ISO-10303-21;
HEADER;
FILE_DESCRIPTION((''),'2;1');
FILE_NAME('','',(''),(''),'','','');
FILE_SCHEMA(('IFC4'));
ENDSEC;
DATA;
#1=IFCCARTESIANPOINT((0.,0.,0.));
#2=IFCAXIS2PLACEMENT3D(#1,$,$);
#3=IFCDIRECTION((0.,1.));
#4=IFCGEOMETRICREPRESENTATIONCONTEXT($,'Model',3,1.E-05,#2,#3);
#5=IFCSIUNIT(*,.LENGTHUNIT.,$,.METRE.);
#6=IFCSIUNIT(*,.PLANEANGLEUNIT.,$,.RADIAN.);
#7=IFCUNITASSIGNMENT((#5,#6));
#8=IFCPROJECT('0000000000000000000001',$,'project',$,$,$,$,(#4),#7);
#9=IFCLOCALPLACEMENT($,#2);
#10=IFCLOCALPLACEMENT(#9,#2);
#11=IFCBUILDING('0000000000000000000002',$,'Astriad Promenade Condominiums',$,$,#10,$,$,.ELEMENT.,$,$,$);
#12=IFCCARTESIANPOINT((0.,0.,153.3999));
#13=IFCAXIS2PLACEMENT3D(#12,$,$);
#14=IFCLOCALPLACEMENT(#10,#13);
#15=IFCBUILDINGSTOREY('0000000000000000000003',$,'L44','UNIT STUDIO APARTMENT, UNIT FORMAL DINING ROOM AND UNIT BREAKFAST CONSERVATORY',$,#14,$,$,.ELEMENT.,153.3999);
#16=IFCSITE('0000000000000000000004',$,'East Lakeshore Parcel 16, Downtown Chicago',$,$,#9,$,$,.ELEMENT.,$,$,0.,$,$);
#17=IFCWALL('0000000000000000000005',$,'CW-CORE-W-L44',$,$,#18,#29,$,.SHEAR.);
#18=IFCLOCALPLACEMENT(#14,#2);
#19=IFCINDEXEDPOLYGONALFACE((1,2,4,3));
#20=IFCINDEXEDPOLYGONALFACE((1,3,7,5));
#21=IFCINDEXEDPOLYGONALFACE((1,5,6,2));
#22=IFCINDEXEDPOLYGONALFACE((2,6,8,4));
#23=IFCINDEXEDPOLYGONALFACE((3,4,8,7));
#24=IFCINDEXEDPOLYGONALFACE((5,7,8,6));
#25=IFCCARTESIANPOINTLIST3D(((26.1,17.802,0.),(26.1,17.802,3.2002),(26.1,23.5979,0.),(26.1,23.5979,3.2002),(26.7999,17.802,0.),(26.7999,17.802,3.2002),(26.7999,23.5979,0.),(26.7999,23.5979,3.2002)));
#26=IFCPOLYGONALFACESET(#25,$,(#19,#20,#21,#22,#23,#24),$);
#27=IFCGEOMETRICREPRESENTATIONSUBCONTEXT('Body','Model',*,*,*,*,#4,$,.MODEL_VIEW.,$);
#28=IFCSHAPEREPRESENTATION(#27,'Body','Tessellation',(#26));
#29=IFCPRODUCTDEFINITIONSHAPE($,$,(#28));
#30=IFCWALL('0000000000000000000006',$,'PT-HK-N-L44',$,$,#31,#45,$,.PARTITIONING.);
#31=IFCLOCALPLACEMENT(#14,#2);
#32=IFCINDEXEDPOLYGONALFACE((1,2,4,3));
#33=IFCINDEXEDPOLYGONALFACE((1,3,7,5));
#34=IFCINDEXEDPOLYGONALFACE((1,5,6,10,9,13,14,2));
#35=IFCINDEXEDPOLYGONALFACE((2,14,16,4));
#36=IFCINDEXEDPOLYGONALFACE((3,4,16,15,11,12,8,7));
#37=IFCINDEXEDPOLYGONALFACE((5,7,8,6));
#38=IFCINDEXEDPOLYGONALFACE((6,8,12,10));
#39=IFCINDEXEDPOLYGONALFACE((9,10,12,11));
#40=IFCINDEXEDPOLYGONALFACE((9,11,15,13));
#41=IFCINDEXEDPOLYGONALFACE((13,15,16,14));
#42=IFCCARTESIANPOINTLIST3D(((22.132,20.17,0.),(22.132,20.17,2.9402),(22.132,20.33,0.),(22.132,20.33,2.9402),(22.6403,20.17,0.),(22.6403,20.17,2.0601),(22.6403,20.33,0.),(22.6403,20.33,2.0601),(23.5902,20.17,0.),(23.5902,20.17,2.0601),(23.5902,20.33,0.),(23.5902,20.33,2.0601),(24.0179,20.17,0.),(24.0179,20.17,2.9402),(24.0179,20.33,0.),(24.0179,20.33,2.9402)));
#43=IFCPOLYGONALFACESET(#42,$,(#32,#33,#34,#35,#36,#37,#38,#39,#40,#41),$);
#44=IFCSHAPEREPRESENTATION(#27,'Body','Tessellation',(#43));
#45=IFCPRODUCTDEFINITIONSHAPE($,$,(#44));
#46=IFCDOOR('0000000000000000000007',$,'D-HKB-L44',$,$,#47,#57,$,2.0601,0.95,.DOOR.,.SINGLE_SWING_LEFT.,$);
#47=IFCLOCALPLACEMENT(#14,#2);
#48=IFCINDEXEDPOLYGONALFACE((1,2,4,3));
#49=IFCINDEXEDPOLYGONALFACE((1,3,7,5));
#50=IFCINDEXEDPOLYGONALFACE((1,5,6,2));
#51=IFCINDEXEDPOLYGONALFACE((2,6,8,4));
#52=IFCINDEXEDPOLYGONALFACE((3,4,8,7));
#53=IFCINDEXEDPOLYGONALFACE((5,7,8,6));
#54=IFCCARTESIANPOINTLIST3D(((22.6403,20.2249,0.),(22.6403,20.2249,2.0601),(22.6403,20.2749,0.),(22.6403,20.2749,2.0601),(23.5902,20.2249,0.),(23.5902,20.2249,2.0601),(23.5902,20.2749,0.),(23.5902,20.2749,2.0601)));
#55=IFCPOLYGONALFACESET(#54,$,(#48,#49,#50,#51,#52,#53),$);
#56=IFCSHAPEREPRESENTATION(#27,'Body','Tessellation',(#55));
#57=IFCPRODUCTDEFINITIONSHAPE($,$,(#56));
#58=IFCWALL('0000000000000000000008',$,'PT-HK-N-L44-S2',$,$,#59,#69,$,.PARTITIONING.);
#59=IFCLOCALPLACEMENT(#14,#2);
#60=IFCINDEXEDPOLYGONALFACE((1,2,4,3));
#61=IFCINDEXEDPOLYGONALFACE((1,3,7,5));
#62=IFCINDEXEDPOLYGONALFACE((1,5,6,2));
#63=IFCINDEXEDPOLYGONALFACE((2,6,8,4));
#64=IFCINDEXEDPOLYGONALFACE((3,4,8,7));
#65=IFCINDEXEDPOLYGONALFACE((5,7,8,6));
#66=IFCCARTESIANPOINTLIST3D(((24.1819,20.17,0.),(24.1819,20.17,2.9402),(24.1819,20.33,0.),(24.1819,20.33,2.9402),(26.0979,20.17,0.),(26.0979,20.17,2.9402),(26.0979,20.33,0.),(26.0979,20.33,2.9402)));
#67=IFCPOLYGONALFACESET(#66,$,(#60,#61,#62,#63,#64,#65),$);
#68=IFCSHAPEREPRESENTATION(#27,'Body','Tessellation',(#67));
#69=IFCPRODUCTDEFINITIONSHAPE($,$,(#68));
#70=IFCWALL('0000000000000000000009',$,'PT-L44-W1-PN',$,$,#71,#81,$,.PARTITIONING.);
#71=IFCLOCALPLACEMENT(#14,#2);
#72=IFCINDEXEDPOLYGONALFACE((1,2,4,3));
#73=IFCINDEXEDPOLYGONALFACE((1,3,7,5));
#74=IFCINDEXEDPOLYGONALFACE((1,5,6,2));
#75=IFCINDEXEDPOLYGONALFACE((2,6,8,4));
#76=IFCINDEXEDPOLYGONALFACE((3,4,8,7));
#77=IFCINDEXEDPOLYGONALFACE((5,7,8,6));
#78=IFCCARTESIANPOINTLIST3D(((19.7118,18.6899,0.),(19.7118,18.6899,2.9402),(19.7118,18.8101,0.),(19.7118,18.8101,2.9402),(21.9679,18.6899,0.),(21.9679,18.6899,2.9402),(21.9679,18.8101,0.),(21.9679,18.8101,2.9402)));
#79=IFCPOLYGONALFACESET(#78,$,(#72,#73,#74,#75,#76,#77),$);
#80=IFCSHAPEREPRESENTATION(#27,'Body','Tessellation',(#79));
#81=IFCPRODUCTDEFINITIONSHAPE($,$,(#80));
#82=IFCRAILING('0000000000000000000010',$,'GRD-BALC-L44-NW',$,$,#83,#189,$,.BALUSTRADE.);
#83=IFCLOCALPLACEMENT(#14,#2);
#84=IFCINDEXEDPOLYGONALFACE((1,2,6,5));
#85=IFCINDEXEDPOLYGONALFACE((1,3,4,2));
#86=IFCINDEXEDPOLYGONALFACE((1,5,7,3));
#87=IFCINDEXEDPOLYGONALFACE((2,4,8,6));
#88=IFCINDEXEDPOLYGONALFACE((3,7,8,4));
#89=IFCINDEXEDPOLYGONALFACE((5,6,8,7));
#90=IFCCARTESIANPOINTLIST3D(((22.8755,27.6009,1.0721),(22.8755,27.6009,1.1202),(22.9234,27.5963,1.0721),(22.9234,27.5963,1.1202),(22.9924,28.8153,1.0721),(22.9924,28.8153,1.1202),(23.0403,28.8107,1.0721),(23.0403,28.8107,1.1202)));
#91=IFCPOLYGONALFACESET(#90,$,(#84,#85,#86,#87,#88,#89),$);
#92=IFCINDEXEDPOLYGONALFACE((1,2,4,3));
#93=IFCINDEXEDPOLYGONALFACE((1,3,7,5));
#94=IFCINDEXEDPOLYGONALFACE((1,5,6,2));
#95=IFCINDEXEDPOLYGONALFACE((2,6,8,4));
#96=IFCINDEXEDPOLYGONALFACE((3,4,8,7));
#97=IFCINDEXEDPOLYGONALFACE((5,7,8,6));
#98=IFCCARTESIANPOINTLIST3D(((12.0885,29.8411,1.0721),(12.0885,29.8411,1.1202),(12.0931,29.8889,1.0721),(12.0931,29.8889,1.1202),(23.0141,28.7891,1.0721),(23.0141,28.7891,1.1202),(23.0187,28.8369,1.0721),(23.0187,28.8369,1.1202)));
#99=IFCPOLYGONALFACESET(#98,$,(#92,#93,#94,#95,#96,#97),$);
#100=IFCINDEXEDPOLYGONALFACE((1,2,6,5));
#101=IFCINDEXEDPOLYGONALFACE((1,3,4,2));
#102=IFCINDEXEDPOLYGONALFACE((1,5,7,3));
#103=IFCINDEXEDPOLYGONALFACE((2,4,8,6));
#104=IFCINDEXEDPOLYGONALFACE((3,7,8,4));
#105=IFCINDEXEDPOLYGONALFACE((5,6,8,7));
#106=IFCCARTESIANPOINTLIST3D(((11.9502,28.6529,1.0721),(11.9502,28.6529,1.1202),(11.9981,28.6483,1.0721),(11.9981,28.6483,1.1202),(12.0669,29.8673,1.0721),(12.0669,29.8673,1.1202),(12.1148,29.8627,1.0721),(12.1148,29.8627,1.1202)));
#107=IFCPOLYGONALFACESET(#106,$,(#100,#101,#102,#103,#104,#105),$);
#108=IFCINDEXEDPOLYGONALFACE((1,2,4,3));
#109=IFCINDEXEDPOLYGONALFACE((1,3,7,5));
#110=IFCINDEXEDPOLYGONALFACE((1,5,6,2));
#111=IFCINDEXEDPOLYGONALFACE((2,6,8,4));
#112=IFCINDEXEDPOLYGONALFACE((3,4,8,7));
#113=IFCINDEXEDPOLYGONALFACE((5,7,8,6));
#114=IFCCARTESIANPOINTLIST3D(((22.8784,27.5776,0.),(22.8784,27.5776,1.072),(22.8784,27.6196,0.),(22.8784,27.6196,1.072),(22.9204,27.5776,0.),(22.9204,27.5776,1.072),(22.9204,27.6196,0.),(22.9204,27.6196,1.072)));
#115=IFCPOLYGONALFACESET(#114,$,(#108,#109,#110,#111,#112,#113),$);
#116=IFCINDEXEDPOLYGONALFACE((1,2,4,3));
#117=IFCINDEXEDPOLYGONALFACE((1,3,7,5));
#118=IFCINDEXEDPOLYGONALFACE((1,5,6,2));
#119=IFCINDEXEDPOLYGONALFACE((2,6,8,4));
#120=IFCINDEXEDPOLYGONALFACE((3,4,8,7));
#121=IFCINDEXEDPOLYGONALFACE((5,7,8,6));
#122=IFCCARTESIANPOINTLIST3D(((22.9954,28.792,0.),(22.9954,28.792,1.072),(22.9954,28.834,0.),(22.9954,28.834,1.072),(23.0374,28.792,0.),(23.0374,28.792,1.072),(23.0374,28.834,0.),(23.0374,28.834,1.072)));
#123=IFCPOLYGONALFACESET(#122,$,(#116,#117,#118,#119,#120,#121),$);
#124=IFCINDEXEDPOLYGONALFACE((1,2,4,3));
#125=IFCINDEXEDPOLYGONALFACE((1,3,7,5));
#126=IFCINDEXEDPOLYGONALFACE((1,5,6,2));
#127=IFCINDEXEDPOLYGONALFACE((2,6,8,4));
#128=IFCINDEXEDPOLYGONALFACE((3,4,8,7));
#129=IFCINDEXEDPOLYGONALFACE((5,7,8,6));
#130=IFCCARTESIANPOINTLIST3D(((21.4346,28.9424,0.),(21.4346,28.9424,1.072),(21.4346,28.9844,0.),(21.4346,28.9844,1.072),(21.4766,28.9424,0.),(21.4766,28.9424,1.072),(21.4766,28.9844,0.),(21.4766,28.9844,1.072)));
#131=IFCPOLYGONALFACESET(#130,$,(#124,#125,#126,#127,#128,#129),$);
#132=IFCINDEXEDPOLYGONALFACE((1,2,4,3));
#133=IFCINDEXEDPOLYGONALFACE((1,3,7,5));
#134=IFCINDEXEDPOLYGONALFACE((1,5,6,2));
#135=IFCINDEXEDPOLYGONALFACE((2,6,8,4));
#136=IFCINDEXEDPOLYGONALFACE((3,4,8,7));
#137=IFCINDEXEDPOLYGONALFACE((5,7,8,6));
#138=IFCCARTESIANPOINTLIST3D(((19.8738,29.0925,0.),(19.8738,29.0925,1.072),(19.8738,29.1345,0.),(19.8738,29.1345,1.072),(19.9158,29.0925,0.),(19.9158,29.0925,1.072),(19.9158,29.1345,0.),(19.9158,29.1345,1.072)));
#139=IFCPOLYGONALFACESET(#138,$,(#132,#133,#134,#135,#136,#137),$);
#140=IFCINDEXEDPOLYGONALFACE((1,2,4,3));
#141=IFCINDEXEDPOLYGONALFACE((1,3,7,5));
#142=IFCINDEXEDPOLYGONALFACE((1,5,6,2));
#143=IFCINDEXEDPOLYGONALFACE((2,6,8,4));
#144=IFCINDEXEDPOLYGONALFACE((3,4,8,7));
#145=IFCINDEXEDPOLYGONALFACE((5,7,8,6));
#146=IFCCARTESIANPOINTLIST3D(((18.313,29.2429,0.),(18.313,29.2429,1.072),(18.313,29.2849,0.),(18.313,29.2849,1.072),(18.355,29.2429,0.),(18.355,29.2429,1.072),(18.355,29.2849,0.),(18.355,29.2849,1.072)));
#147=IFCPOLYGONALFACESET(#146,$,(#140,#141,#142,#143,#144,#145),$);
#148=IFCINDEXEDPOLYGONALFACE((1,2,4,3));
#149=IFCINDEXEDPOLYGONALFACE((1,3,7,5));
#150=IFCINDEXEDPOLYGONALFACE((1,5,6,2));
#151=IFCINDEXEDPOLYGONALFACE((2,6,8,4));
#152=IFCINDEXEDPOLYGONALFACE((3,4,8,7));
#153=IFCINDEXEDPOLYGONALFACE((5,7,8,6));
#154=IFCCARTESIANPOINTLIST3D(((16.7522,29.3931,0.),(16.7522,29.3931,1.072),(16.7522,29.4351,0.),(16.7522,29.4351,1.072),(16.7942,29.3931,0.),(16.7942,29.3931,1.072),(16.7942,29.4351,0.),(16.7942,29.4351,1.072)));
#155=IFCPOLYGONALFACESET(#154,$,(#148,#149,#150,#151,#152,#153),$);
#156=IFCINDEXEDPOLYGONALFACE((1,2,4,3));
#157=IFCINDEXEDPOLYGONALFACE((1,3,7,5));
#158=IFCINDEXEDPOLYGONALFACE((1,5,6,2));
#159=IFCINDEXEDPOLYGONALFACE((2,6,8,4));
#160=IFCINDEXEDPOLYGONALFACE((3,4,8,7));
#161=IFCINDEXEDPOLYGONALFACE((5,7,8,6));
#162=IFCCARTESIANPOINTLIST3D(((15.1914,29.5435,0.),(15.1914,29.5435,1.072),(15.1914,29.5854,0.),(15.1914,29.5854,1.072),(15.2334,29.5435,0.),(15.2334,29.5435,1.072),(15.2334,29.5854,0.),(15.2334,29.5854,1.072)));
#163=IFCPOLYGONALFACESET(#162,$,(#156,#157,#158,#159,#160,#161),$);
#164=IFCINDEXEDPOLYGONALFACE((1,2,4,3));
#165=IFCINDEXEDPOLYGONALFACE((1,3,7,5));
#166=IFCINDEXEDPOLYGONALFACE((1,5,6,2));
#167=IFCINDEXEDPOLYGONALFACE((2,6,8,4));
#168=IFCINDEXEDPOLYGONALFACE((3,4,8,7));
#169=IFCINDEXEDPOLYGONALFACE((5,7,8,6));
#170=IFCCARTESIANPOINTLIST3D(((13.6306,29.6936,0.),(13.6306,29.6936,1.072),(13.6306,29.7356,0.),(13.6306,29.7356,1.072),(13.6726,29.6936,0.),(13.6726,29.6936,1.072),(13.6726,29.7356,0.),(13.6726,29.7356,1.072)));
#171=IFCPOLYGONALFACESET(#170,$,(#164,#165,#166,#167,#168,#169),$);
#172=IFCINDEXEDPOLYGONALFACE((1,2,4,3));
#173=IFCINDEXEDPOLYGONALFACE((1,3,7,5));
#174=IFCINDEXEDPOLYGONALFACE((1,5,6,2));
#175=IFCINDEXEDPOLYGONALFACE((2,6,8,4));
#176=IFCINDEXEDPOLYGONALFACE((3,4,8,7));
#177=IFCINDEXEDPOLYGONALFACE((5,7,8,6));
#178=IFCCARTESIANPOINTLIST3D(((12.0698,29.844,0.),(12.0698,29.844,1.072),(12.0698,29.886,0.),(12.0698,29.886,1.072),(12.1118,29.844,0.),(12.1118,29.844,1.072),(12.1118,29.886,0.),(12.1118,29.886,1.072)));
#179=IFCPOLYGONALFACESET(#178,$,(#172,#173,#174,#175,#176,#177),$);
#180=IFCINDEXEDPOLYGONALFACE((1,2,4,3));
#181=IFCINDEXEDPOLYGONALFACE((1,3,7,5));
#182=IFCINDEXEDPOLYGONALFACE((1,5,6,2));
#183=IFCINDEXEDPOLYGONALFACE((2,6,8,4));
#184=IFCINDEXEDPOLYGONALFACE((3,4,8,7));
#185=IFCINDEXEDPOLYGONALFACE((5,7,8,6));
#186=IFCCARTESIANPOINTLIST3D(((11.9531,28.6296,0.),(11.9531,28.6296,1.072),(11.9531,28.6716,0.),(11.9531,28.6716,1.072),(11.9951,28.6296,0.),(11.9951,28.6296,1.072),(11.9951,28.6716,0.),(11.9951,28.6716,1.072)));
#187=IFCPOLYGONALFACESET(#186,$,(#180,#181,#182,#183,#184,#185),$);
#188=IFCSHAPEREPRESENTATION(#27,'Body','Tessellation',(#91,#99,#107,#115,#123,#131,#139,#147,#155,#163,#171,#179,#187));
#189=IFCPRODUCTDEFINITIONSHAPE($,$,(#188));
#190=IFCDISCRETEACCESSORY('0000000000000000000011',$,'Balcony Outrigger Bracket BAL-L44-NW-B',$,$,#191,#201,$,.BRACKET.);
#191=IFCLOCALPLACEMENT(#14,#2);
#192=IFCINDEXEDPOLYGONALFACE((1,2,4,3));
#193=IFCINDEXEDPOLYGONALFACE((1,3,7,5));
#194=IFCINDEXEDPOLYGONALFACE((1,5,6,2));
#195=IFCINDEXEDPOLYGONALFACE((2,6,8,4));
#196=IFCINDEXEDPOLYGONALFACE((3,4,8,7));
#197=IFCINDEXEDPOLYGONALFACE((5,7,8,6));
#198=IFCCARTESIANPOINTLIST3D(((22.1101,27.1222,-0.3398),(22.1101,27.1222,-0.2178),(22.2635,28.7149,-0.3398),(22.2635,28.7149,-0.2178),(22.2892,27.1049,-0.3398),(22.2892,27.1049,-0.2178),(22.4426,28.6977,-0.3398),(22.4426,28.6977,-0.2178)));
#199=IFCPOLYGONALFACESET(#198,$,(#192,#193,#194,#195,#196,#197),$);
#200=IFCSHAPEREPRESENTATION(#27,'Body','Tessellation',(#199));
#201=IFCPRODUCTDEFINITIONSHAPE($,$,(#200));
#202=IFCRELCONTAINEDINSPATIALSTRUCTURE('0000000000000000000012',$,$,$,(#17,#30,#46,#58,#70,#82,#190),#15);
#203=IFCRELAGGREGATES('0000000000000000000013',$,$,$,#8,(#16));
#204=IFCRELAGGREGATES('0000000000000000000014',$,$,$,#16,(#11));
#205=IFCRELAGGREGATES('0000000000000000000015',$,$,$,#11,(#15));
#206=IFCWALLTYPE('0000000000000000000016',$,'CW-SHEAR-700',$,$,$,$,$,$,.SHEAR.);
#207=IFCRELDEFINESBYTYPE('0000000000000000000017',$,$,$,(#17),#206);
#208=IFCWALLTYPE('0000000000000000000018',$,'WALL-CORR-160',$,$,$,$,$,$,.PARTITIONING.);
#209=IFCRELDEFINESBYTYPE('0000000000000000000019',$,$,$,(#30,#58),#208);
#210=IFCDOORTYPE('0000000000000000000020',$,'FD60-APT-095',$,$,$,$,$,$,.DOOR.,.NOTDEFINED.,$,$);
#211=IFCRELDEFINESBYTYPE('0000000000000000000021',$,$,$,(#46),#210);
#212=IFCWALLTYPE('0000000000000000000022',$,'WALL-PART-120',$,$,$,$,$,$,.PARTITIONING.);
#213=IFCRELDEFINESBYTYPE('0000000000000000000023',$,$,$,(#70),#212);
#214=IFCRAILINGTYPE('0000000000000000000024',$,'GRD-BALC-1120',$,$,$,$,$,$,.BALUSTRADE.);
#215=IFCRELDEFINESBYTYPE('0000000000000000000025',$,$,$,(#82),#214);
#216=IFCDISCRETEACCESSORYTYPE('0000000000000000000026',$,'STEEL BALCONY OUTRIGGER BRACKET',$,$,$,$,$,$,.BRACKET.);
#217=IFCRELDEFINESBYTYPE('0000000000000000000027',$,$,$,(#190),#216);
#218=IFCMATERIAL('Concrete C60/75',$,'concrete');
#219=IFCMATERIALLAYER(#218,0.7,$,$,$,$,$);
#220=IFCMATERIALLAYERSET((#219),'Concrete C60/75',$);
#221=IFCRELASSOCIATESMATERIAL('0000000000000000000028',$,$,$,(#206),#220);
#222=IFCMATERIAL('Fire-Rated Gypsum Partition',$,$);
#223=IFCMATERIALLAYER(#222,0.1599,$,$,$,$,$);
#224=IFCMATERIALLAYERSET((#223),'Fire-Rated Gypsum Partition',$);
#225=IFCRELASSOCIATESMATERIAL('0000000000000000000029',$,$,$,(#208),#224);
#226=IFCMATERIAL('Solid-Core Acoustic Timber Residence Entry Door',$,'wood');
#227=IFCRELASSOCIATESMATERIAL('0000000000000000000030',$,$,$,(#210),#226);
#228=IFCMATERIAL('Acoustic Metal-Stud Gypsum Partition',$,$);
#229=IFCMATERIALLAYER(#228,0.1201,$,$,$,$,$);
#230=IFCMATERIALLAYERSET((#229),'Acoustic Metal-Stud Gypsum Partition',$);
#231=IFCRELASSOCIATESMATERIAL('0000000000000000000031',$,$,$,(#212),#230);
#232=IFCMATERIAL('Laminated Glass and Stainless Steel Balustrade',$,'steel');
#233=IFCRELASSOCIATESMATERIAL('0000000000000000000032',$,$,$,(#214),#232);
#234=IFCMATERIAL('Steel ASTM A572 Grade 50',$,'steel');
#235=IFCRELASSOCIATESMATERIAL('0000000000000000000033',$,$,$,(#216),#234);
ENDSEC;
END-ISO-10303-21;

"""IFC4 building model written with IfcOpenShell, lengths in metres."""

from ifc_helpers import new_model, si_unit, direction, frame, frame_2d, origin, origin_2d, place, context, subcontext, project, spatial, rectangle, extrude, source, transform, mapped, material, layer, layer_set, type_object, type_shapes, element, fill, save


model = new_model("IFC4")

# Units and contexts
model_context = context("Model", 3, precision=1e-05, world=origin(), true_north=direction((0.0, 1.0)))
body_context = subcontext(model_context, "Body", "Model", "MODEL_VIEW")
ifc_project = project(units=[si_unit("LENGTHUNIT", "METRE"), si_unit("PLANEANGLEUNIT", "RADIAN")], contexts=[model_context])

# Site, building, storey
site_placement = place(None, origin())
site = spatial("IfcSite", under=ifc_project, at=site_placement, Name="East Lakeshore Parcel 16, Downtown Chicago", CompositionType="ELEMENT", RefElevation=0.0)
building_placement = place(site_placement, origin())
building = spatial("IfcBuilding", under=site, at=building_placement, Name="Astriad Promenade Condominiums", CompositionType="ELEMENT")
storey_placement = place(building_placement, frame((0.0, 0.0, 153.3999)))
storey = spatial("IfcBuildingStorey", under=building, at=storey_placement, Name="L44", Description="UNIT STUDIO APARTMENT, UNIT FORMAL DINING ROOM AND UNIT BREAKFAST CONSERVATORY", CompositionType="ELEMENT", Elevation=153.3999)

# Shared definitions
ifc_material_1 = material(Name="Concrete C60/75", Category="concrete")

# Shared definitions
ifc_layer_1 = layer(ifc_material_1, 0.7)
ifc_layer_set_1 = layer_set([ifc_layer_1], Name="Concrete C60/75")
wall_type_1 = type_object("IfcWallType", Name="CW-SHEAR-700", PredefinedType="SHEAR", material=ifc_layer_set_1)

# Wall
wall_1_placement = place(storey_placement, frame((26.45, 17.802, 0.0), z_axis=(0.0, 0.0, 1.0), x_axis=(0.0, 1.0, 0.0)))
element("IfcWall", 1, at=wall_1_placement, inside=storey, type_object=wall_type_1, Name="CW-CORE-W-L44", PredefinedType="SHEAR", context=body_context, shape_type="SweptSolid", body=[
    extrude(rectangle(XDim=5.7959, YDim=0.7, at=frame_2d((2.8979, 0.0))), origin(), (0.0, 0.0, 1.0), 3.2002),
])

# Wall, opening, door
ifc_material_2 = material(Name="Fire-Rated Gypsum Partition")
ifc_layer_2 = layer(ifc_material_2, 0.1599)
ifc_layer_set_2 = layer_set([ifc_layer_2], Name="Fire-Rated Gypsum Partition")
wall_type_2 = type_object("IfcWallType", Name="WALL-CORR-160", PredefinedType="PARTITIONING", material=ifc_layer_set_2)
wall_2_placement = place(storey_placement, frame((22.1321, 20.25, 0.0), z_axis=(0.0, 0.0, 1.0), x_axis=(1.0, 0.0, 0.0)))
wall_2 = element("IfcWall", 2, at=wall_2_placement, inside=storey, type_object=wall_type_2, Name="PT-HK-N-L44", PredefinedType="PARTITIONING", context=body_context, shape_type="SweptSolid", body=[
    extrude(rectangle(XDim=1.886, YDim=0.1599, at=frame_2d((0.9429, 0.0))), origin(), (0.0, 0.0, 1.0), 2.9402),
])
opening_1_placement = place(wall_2_placement, frame((0.5081, 0.0, 0.0)))
opening_1 = element("IfcOpeningElement", 3, at=opening_1_placement, cuts=wall_2, PredefinedType="OPENING", context=body_context, shape_type="SweptSolid", body=[
    extrude(rectangle(XDim=0.95, YDim=2.0601, at=frame_2d((0.4751, 1.03))), frame((0.0, 0.0898, 0.0), z_axis=(0.0, -1.0, 0.0), x_axis=(1.0, 0.0, 0.0)), (0.0, 0.0, 1.0), 0.1799),
])
ifc_material_3 = material(Name="Solid-Core Acoustic Timber Residence Entry Door", Category="wood")
door_type_1 = type_object("IfcDoorType", Name="FD60-APT-095", OperationType="NOTDEFINED", PredefinedType="DOOR", material=ifc_material_3)
shared_shape_1 = source(origin(), body_context, "Body", "SweptSolid", [
    extrude(rectangle(XDim=0.95, YDim=2.0601, at=frame_2d((0.4751, 1.03))), frame((0.0, 0.0249, 0.0), z_axis=(0.0, -1.0, 0.0), x_axis=(1.0, 0.0, 0.0)), (0.0, 0.0, 1.0), 0.05),
])
type_shapes(door_type_1, [shared_shape_1])
door_1_placement = place(opening_1_placement, origin())
door_1 = element("IfcDoor", 4, at=door_1_placement, inside=storey, type_object=door_type_1, Name="D-HKB-L44", OperationType="SINGLE_SWING_LEFT", OverallHeight=2.0601, OverallWidth=0.95, PredefinedType="DOOR", context=body_context, shape_type="MappedRepresentation", body=[
    mapped(shared_shape_1, transform((0.0, 0.0, 0.0), scale=1.0)),
])
fill(opening_1, door_1)

# Walls
wall_3_placement = place(storey_placement, frame((24.1819, 20.25, 0.0), z_axis=(0.0, 0.0, 1.0), x_axis=(1.0, 0.0, 0.0)))
element("IfcWall", 5, at=wall_3_placement, inside=storey, type_object=wall_type_2, Name="PT-HK-N-L44-S2", PredefinedType="PARTITIONING", context=body_context, shape_type="SweptSolid", body=[
    extrude(rectangle(XDim=1.916, YDim=0.1599, at=frame_2d((0.958, 0.0))), origin(), (0.0, 0.0, 1.0), 2.9402),
])
ifc_material_4 = material(Name="Acoustic Metal-Stud Gypsum Partition")
ifc_layer_3 = layer(ifc_material_4, 0.1201)
ifc_layer_set_3 = layer_set([ifc_layer_3], Name="Acoustic Metal-Stud Gypsum Partition")
wall_type_3 = type_object("IfcWallType", Name="WALL-PART-120", PredefinedType="PARTITIONING", material=ifc_layer_set_3)
wall_4_placement = place(storey_placement, frame((19.7119, 18.75, 0.0), z_axis=(0.0, 0.0, 1.0), x_axis=(1.0, 0.0, 0.0)))
element("IfcWall", 6, at=wall_4_placement, inside=storey, type_object=wall_type_3, Name="PT-L44-W1-PN", PredefinedType="PARTITIONING", context=body_context, shape_type="SweptSolid", body=[
    extrude(rectangle(XDim=2.2561, YDim=0.1201, at=frame_2d((1.1279, 0.0))), origin(), (0.0, 0.0, 1.0), 2.9402),
])

# Railing
ifc_material_5 = material(Name="Laminated Glass and Stainless Steel Balustrade", Category="steel")
railing_type = type_object("IfcRailingType", Name="GRD-BALC-1120", PredefinedType="BALUSTRADE", material=ifc_material_5)
shared_shape_2 = source(origin(), body_context, "Body", "SweptSolid", [
    extrude(rectangle(XDim=0.0481, YDim=0.0481, at=origin_2d()), frame((0.0, 0.0, 1.0962), z_axis=(0.095857, 0.995395, 0.0), x_axis=(-0.995395, 0.095857, 0.0)), (0.0, 0.0, 1.0), 1.22),
    extrude(rectangle(XDim=0.0481, YDim=0.0481, at=origin_2d()), frame((0.1169, 1.2144, 1.0962), z_axis=(-0.995396, 0.095845, 0.0), x_axis=(-0.095845, -0.995396, 0.0)), (0.0, 0.0, 1.0), 10.9761),
    extrude(rectangle(XDim=0.0481, YDim=0.0481, at=origin_2d()), frame((-10.8086, 2.2664, 1.0962), z_axis=(-0.095659, -0.995414, 0.0), x_axis=(0.995414, -0.095659, 0.0)), (0.0, 0.0, 1.0), 1.22),
    extrude(rectangle(XDim=0.042, YDim=0.042, at=origin_2d()), origin(), (0.0, 0.0, 1.0), 1.072),
    extrude(rectangle(XDim=0.042, YDim=0.042, at=origin_2d()), frame((0.1169, 1.2144, 0.0)), (0.0, 0.0, 1.0), 1.072),
    extrude(rectangle(XDim=0.042, YDim=0.042, at=origin_2d()), frame((-1.4438, 1.3647, 0.0)), (0.0, 0.0, 1.0), 1.072),
    extrude(rectangle(XDim=0.042, YDim=0.042, at=origin_2d()), frame((-3.0046, 1.5149, 0.0)), (0.0, 0.0, 1.0), 1.072),
    extrude(rectangle(XDim=0.042, YDim=0.042, at=origin_2d()), frame((-4.5654, 1.6653, 0.0)), (0.0, 0.0, 1.0), 1.072),
    extrude(rectangle(XDim=0.042, YDim=0.042, at=origin_2d()), frame((-6.1262, 1.8154, 0.0)), (0.0, 0.0, 1.0), 1.072),
    extrude(rectangle(XDim=0.042, YDim=0.042, at=origin_2d()), frame((-7.687, 1.9658, 0.0)), (0.0, 0.0, 1.0), 1.072),
    extrude(rectangle(XDim=0.042, YDim=0.042, at=origin_2d()), frame((-9.2478, 2.116, 0.0)), (0.0, 0.0, 1.0), 1.072),
    extrude(rectangle(XDim=0.042, YDim=0.042, at=origin_2d()), frame((-10.8086, 2.2664, 0.0)), (0.0, 0.0, 1.0), 1.072),
    extrude(rectangle(XDim=0.042, YDim=0.042, at=origin_2d()), frame((-10.9253, 1.052, 0.0)), (0.0, 0.0, 1.0), 1.072),
])
type_shapes(railing_type, [shared_shape_2])
railing_placement = place(storey_placement, frame((22.8994, 27.5986, 0.0)))
element("IfcRailing", 7, at=railing_placement, inside=storey, type_object=railing_type, Name="GRD-BALC-L44-NW", PredefinedType="BALUSTRADE", context=body_context, shape_type="MappedRepresentation", body=[
    mapped(shared_shape_2, transform((0.0, 0.0, 0.0), scale=1.0)),
])

# Discrete accessory
ifc_material_6 = material(Name="Steel ASTM A572 Grade 50", Category="steel")
discrete_accessory_type = type_object("IfcDiscreteAccessoryType", Name="STEEL BALCONY OUTRIGGER BRACKET", PredefinedType="BRACKET", material=ifc_material_6)
shared_shape_3 = source(origin(), body_context, "Body", "SweptSolid", [
    extrude(rectangle(XDim=1.6001, YDim=0.1799, at=origin_2d()), origin(), (0.0, 0.0, 1.0), 0.1221),
])
type_shapes(discrete_accessory_type, [shared_shape_3])
discrete_accessory_placement = place(storey_placement, frame((22.2764, 27.9099, -0.3398), z_axis=(0.0, 0.0, 1.0), x_axis=(0.095846, 0.995396, 0.0)))
element("IfcDiscreteAccessory", 8, at=discrete_accessory_placement, inside=storey, type_object=discrete_accessory_type, Name="Balcony Outrigger Bracket BAL-L44-NW-B", PredefinedType="BRACKET", context=body_context, shape_type="MappedRepresentation", body=[
    mapped(shared_shape_3, transform((0.0, 0.0, 0.0), scale=1.0)),
])

save(model, "model.ifc")
